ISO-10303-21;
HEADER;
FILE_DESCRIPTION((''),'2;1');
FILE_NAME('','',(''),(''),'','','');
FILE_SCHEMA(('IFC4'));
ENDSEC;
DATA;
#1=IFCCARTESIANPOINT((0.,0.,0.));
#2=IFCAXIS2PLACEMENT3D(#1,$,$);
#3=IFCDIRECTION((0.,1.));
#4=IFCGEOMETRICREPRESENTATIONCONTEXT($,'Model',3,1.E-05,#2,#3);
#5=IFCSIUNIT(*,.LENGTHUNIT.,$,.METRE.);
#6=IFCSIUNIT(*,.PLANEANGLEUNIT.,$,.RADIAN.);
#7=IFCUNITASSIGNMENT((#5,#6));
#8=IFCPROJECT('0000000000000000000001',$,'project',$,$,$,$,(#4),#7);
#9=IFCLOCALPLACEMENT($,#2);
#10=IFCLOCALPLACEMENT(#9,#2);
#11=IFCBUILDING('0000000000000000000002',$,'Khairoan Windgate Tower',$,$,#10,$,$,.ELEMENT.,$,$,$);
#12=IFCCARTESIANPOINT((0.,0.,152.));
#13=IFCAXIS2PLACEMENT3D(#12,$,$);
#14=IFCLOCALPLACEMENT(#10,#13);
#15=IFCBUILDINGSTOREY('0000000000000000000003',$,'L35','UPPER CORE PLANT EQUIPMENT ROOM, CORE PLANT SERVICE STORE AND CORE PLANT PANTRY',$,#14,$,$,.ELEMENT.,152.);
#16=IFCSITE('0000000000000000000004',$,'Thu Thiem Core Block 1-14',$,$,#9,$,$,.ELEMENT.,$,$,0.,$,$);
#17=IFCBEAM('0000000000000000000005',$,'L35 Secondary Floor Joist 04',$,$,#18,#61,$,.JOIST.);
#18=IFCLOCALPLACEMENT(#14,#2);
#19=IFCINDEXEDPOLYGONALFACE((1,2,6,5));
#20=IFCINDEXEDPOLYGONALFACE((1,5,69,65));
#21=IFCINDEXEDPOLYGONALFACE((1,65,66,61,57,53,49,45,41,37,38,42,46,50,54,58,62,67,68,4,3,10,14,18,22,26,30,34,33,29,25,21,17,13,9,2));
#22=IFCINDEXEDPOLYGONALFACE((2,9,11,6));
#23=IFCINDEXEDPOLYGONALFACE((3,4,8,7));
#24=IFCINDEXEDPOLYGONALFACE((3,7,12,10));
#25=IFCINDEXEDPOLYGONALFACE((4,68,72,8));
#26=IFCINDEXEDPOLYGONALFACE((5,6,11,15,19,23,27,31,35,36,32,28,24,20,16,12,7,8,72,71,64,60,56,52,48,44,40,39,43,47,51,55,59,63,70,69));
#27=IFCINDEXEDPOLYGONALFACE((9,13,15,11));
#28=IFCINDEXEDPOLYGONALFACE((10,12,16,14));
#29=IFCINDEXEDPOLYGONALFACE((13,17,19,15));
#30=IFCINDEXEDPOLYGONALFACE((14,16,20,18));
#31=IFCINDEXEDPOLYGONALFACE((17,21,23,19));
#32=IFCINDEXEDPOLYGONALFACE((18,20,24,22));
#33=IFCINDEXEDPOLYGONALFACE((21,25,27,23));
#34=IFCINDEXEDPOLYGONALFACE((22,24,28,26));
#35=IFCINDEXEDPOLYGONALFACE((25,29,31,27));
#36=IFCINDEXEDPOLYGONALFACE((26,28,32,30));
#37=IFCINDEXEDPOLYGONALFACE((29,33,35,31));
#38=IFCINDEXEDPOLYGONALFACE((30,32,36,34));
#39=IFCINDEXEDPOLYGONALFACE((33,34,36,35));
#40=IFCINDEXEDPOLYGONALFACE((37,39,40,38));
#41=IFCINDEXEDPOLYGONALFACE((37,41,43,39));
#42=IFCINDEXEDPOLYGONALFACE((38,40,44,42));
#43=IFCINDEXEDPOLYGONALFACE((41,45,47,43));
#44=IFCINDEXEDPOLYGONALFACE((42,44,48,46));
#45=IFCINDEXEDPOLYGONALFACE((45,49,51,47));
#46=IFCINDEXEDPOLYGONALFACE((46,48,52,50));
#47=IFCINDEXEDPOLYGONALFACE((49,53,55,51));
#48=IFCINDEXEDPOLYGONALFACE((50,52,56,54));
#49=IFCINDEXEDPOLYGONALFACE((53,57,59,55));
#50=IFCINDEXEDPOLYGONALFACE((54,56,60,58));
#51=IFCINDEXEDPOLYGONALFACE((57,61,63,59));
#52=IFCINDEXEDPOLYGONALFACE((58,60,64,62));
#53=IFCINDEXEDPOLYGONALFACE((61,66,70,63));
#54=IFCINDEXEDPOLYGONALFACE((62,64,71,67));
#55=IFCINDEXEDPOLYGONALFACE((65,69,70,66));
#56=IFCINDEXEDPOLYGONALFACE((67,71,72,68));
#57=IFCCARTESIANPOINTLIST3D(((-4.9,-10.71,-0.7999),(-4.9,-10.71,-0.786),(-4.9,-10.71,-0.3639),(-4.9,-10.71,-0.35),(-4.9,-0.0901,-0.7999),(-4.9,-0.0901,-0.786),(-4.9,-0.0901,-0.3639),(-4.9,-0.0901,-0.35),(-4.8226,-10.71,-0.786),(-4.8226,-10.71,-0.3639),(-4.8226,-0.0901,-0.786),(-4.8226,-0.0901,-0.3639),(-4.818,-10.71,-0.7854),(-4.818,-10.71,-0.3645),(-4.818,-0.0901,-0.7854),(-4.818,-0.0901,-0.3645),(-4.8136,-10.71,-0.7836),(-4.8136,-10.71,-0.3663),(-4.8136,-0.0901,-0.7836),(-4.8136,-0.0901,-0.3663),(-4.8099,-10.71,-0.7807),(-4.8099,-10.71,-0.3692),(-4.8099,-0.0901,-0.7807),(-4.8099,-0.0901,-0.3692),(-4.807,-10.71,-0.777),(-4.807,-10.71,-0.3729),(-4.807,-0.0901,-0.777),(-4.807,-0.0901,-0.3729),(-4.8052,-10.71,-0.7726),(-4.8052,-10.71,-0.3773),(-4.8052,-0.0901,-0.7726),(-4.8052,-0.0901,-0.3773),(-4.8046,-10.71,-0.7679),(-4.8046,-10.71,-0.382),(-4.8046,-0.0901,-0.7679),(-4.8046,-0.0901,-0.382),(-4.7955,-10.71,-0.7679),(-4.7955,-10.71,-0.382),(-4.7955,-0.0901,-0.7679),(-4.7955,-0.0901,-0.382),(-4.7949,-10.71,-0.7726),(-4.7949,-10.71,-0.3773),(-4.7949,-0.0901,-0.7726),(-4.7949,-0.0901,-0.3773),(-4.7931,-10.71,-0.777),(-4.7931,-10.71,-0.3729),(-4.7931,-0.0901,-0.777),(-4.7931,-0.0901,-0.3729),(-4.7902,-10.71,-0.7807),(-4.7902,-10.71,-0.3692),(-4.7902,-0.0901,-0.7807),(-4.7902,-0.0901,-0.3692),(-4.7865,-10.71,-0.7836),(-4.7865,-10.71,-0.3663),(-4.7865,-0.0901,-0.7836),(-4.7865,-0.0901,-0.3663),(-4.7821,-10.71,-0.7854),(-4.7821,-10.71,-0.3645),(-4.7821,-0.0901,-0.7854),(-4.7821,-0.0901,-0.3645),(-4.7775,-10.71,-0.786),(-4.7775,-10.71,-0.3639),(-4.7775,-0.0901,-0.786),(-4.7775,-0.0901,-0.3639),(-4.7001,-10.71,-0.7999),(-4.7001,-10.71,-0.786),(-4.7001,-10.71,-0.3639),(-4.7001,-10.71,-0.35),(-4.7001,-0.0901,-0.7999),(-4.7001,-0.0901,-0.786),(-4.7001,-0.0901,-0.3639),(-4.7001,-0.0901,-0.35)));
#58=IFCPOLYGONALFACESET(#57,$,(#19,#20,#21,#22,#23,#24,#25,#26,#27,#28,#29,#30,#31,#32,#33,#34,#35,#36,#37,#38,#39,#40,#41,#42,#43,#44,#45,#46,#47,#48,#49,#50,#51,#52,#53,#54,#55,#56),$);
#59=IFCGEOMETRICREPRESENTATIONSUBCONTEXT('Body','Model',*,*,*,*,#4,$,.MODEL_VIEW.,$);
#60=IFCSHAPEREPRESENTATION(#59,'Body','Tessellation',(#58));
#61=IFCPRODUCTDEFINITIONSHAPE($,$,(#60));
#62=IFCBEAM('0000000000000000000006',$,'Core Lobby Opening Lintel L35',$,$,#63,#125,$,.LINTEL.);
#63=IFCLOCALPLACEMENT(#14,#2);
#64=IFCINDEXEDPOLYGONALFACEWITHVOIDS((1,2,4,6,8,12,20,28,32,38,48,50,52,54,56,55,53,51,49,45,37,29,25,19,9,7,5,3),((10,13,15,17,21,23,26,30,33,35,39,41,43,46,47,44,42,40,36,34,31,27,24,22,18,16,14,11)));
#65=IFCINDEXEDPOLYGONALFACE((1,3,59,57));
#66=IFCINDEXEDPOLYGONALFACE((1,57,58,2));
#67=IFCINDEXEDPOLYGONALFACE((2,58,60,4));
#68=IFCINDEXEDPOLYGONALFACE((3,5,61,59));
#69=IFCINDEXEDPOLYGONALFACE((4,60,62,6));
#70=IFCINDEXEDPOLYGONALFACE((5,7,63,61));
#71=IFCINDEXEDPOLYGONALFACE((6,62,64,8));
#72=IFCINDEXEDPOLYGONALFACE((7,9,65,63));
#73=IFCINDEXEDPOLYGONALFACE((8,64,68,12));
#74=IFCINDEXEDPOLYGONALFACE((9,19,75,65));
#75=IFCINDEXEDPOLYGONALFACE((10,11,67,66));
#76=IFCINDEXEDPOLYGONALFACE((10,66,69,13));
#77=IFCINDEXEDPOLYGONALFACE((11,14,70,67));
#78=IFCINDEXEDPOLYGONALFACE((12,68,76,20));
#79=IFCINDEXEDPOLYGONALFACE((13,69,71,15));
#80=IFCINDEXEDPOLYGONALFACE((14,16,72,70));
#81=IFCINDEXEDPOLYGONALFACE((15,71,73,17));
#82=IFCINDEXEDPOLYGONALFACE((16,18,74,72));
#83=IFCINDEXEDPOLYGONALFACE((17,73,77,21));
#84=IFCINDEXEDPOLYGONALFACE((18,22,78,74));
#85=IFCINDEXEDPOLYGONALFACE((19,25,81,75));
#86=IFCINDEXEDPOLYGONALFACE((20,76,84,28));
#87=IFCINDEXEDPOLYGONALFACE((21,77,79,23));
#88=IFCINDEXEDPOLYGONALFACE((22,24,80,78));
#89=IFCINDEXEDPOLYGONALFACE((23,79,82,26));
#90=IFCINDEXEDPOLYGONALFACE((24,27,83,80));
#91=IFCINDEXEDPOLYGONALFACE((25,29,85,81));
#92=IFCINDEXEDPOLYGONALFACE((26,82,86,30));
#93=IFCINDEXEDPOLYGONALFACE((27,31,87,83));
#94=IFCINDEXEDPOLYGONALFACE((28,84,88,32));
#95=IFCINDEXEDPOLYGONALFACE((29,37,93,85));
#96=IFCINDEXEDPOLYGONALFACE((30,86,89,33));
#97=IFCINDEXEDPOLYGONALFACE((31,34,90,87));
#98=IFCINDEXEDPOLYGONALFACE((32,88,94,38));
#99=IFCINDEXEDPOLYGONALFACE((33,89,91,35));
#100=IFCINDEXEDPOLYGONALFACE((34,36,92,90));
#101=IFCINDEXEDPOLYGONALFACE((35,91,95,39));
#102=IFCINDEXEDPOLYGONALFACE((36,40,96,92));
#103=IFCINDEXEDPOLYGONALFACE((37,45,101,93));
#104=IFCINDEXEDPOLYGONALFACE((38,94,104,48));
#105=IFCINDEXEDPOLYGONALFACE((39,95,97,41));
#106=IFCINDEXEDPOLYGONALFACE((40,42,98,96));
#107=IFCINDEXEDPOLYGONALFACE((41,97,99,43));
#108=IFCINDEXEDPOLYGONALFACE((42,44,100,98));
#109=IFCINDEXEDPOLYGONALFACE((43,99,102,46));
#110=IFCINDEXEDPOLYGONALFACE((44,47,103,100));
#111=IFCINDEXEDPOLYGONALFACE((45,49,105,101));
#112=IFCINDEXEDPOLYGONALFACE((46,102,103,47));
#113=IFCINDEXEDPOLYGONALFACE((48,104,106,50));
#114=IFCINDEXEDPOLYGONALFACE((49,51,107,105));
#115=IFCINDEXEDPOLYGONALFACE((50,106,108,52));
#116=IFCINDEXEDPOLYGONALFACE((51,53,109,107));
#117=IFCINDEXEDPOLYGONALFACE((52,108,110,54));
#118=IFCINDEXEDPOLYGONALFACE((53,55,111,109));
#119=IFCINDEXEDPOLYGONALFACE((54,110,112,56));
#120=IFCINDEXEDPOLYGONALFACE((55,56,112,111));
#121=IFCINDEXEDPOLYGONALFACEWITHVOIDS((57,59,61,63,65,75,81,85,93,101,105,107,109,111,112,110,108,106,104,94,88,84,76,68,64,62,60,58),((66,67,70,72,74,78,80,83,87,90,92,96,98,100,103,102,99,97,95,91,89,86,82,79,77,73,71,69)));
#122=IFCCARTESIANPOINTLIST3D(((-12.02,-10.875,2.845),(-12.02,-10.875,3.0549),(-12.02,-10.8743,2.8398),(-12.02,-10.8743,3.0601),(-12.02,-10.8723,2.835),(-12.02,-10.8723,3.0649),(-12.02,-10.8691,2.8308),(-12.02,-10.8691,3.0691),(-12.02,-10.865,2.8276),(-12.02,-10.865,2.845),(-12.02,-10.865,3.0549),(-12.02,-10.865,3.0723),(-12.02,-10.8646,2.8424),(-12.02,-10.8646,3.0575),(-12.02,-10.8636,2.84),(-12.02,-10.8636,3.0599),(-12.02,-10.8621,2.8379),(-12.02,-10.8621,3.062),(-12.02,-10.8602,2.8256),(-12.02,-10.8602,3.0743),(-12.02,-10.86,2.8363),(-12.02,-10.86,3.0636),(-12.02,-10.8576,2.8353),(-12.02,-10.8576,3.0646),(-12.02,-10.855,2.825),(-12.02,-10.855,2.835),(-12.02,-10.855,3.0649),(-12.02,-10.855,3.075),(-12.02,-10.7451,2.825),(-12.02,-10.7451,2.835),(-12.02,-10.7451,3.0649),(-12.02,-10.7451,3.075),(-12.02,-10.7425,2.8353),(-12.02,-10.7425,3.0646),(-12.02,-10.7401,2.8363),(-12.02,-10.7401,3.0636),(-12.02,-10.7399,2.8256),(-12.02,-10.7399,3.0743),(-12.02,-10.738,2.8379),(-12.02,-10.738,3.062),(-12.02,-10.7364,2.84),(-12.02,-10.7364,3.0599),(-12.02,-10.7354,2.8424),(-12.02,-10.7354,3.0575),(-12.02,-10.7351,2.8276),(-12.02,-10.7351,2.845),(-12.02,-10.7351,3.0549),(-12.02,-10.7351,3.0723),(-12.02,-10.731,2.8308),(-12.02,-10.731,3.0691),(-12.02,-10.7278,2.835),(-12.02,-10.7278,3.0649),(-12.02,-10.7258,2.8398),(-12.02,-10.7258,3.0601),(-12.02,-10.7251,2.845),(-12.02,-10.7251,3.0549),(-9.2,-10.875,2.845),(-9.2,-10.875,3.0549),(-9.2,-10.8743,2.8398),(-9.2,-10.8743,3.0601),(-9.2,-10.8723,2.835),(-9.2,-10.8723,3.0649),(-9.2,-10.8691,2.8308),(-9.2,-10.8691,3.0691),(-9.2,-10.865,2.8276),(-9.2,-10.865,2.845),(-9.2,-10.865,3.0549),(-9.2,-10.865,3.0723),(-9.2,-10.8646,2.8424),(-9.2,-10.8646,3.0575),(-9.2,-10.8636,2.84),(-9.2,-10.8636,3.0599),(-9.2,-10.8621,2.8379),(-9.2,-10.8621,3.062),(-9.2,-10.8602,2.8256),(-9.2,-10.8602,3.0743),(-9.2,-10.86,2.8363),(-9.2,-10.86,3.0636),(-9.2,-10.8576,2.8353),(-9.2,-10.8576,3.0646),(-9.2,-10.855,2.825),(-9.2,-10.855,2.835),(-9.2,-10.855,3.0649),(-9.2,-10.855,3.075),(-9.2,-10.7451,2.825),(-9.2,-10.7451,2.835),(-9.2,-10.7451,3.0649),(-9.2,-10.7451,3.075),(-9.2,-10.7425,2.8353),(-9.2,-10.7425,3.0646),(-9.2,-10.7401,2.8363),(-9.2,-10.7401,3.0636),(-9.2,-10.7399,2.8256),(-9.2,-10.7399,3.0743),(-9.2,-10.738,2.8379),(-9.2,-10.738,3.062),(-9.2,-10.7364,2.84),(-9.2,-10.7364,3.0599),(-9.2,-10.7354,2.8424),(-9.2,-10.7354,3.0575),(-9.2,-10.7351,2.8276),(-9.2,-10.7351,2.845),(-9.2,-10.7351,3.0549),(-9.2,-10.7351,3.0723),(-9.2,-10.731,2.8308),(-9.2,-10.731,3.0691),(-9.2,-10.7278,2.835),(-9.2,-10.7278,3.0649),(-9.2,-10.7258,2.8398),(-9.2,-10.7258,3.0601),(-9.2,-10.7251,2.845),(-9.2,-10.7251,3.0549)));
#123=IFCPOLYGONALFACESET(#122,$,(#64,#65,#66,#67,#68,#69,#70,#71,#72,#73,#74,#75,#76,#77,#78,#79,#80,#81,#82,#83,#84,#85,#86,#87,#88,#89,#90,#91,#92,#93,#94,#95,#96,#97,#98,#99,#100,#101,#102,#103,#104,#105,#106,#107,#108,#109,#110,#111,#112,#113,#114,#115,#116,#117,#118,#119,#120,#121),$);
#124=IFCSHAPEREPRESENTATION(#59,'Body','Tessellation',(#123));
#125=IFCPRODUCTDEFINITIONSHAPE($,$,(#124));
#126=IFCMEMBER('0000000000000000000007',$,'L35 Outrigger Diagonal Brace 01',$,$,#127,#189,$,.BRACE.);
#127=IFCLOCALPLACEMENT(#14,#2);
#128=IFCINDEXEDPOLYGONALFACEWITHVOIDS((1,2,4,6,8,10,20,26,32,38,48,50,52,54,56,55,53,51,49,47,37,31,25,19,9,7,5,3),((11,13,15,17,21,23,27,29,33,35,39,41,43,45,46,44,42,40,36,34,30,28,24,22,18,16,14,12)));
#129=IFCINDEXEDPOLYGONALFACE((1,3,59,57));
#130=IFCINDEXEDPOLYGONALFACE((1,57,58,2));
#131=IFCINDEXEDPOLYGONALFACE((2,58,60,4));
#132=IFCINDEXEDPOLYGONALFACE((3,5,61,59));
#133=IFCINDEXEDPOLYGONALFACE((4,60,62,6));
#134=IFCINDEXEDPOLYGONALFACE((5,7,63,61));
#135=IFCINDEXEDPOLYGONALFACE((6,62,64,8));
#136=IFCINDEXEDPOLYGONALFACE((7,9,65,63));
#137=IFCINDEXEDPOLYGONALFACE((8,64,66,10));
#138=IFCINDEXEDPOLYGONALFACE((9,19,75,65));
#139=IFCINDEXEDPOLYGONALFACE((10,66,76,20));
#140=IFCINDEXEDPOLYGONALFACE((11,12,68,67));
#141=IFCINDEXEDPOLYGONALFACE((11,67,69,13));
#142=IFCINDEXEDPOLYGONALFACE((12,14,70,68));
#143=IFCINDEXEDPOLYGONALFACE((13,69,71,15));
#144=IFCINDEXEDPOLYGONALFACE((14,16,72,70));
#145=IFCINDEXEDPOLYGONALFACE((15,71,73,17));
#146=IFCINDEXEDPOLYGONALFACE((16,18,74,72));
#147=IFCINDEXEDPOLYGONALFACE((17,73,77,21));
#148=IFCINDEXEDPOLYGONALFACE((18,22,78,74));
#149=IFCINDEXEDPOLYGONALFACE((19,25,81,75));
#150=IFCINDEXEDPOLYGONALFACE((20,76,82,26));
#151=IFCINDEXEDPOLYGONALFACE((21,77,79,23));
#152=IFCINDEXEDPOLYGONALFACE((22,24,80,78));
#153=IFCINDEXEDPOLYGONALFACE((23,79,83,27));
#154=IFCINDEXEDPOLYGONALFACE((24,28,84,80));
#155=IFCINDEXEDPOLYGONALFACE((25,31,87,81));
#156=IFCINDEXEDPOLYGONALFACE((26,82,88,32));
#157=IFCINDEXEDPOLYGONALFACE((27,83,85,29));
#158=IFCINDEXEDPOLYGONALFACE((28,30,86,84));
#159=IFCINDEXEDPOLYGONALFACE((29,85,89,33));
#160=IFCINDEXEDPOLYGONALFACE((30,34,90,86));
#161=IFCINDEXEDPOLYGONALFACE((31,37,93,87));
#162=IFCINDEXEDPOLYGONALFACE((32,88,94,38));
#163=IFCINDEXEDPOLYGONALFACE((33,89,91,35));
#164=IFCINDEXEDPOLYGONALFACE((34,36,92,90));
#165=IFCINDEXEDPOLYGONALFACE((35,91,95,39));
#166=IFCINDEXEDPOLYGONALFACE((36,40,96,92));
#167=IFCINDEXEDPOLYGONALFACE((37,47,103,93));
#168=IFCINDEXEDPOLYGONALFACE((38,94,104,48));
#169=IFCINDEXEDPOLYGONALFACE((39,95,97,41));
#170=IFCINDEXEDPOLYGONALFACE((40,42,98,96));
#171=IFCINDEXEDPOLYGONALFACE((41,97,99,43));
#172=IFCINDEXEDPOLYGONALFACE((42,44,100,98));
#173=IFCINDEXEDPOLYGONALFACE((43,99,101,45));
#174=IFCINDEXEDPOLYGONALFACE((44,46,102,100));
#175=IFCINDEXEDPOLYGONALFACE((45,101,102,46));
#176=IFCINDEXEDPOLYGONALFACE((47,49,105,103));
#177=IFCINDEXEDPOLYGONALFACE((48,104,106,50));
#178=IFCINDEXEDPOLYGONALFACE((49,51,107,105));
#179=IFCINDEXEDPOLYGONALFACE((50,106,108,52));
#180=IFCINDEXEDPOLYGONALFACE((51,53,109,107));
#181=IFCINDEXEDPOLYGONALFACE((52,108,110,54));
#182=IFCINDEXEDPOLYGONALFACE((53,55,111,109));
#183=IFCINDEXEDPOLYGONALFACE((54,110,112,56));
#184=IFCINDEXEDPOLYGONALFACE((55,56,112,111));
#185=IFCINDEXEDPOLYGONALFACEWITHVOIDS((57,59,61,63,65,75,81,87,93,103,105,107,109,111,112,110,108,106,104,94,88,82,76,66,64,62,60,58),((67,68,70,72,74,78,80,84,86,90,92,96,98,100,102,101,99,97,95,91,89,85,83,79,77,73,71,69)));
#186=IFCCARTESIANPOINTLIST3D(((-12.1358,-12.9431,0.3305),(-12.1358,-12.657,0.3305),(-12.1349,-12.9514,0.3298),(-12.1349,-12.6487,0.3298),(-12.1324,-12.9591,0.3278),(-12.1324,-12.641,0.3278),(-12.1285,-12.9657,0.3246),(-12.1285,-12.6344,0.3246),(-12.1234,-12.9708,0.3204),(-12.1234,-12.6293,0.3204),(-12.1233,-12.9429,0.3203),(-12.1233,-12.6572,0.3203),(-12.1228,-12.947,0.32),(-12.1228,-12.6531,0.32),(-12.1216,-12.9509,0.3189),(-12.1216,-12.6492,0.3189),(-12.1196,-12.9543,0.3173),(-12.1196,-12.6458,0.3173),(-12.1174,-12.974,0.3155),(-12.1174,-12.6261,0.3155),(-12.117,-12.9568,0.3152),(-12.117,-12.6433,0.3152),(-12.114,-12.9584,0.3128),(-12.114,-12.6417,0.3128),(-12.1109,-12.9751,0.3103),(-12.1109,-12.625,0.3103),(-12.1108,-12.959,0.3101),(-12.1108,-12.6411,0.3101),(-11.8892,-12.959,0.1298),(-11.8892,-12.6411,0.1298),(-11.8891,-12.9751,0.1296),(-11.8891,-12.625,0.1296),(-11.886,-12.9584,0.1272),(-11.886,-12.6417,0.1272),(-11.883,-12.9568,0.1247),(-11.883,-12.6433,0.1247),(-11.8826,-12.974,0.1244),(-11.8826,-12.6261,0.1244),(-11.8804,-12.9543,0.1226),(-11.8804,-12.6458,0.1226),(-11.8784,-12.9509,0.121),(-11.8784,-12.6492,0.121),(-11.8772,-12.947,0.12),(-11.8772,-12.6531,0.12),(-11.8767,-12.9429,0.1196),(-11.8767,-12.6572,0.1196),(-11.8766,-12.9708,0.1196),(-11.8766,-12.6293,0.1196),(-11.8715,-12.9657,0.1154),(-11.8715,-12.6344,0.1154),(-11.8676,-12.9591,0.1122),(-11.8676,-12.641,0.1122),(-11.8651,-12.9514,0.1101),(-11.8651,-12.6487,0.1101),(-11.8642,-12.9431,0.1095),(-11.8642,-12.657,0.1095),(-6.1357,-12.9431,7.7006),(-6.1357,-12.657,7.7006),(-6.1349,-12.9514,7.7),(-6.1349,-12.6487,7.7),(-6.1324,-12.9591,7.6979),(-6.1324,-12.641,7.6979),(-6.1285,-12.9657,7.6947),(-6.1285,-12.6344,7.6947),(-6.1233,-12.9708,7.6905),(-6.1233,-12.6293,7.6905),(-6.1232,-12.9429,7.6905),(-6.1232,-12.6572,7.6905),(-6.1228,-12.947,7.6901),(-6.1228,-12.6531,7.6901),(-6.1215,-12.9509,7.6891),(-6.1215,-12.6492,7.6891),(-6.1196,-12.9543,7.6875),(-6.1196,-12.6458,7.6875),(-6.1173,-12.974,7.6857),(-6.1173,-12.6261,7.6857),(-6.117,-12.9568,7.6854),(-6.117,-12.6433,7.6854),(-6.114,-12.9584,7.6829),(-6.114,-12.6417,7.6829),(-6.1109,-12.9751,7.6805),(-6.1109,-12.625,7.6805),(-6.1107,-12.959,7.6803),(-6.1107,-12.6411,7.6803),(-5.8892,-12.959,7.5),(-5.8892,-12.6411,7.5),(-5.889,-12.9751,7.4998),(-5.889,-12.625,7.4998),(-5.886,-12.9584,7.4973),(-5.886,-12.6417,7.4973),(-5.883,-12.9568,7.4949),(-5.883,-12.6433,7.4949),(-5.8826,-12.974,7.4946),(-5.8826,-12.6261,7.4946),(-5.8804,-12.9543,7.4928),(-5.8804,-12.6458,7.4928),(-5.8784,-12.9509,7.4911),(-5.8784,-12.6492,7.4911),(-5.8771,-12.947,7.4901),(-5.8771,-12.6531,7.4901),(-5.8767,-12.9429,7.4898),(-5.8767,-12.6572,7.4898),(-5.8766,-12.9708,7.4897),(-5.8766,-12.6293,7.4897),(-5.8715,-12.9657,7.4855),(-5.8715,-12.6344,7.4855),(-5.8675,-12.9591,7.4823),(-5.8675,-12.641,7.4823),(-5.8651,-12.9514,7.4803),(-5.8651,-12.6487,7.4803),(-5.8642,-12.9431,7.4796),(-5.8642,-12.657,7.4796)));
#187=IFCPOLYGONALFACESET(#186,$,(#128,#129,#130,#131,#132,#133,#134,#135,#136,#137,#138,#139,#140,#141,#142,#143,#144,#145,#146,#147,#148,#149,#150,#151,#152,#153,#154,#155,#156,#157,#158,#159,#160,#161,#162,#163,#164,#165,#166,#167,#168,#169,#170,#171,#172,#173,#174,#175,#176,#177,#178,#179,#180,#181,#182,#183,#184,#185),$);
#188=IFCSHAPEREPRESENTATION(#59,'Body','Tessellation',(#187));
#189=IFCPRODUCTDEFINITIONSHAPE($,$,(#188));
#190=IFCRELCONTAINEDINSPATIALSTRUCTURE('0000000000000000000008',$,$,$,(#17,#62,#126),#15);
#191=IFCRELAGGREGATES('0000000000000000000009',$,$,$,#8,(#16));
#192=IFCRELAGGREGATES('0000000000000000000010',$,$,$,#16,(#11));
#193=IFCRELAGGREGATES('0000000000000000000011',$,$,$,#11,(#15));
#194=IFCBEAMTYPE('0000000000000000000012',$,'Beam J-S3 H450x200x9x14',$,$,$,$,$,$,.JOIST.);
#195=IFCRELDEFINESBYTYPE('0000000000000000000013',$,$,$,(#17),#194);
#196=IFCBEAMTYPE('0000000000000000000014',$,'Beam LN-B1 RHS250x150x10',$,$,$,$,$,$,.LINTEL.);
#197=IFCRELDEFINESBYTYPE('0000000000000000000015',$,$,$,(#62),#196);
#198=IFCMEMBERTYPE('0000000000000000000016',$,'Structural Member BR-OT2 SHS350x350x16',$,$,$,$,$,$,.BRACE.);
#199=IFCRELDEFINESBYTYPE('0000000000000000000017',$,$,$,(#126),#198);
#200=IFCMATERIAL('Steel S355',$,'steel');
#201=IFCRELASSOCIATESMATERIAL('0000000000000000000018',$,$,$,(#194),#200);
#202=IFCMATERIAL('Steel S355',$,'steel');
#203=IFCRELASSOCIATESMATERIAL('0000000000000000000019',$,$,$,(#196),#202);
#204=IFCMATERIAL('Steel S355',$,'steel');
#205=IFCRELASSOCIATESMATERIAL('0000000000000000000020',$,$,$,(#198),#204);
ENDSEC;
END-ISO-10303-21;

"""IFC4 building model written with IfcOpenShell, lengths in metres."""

from ifc_helpers import new_model, si_unit, direction, frame, origin, origin_2d, place, context, subcontext, project, spatial, hollow_rectangle, i_section, extrude, material, material_profile, profile_set, type_object, element, save


model = new_model("IFC4")

# Units and contexts
model_context = context("Model", 3, precision=1e-05, world=origin(), true_north=direction((0.0, 1.0)))
body_context = subcontext(model_context, "Body", "Model", "MODEL_VIEW")
ifc_project = project(units=[si_unit("LENGTHUNIT", "METRE"), si_unit("PLANEANGLEUNIT", "RADIAN")], contexts=[model_context])

# Site, building, storey
site_placement = place(None, origin())
site = spatial("IfcSite", under=ifc_project, at=site_placement, Name="Thu Thiem Core Block 1-14", CompositionType="ELEMENT", RefElevation=0.0)
building_placement = place(site_placement, origin())
building = spatial("IfcBuilding", under=site, at=building_placement, Name="Khairoan Windgate Tower", CompositionType="ELEMENT")
storey_placement = place(building_placement, frame((0.0, 0.0, 152.0)))
storey = spatial("IfcBuildingStorey", under=building, at=storey_placement, Name="L35", Description="UPPER CORE PLANT EQUIPMENT ROOM, CORE PLANT SERVICE STORE AND CORE PLANT PANTRY", CompositionType="ELEMENT", Elevation=152.0)

# Beams
ifc_material_1 = material(Name="Steel S355", Category="steel")
ifc_material_profile_1 = material_profile(ifc_material_1, i_section(OverallWidth=0.2, OverallDepth=0.45, WebThickness=0.009, FlangeThickness=0.0139, FilletRadius=0.0181, at=origin_2d()))
ifc_profile_set_1 = profile_set([ifc_material_profile_1], Name="Steel S355")
beam_type_1 = type_object("IfcBeamType", Name="Beam J-S3 H450x200x9x14", PredefinedType="JOIST", material=ifc_profile_set_1)
beam_1_placement = place(storey_placement, frame((-4.8, -10.71, -0.575), z_axis=(0.0, 1.0, 0.0), x_axis=(-1.0, 0.0, 0.0)))
element("IfcBeam", 1, at=beam_1_placement, inside=storey, type_object=beam_type_1, Name="L35 Secondary Floor Joist 04", PredefinedType="JOIST", context=body_context, shape_type="SweptSolid", body=[
    extrude(i_section(OverallWidth=0.2, OverallDepth=0.45, WebThickness=0.009, FlangeThickness=0.0139, FilletRadius=0.0181, at=origin_2d()), origin(), (0.0, 0.0, 1.0), 10.6199),
])
ifc_material_2 = material(Name="Steel S355", Category="steel")
ifc_material_profile_2 = material_profile(ifc_material_2, hollow_rectangle(XDim=0.1499, YDim=0.25, WallThickness=0.01, InnerFilletRadius=0.01, OuterFilletRadius=0.02, at=origin_2d()))
ifc_profile_set_2 = profile_set([ifc_material_profile_2], Name="Steel S355")
beam_type_2 = type_object("IfcBeamType", Name="Beam LN-B1 RHS250x150x10", PredefinedType="LINTEL", material=ifc_profile_set_2)
beam_2_placement = place(storey_placement, frame((-12.02, -10.8, 2.95), z_axis=(1.0, 0.0, 0.0), x_axis=(0.0, 1.0, 0.0)))
element("IfcBeam", 2, at=beam_2_placement, inside=storey, type_object=beam_type_2, Name="Core Lobby Opening Lintel L35", PredefinedType="LINTEL", context=body_context, shape_type="SweptSolid", body=[
    extrude(hollow_rectangle(XDim=0.1499, YDim=0.25, WallThickness=0.01, InnerFilletRadius=0.01, OuterFilletRadius=0.02, at=origin_2d()), origin(), (0.0, 0.0, 1.0), 2.8201),
])

# Member
ifc_material_3 = material(Name="Steel S355", Category="steel")
ifc_material_profile_3 = material_profile(ifc_material_3, hollow_rectangle(XDim=0.3501, YDim=0.3501, WallThickness=0.0161, InnerFilletRadius=0.0161, OuterFilletRadius=0.032, at=origin_2d()))
ifc_profile_set_3 = profile_set([ifc_material_profile_3], Name="Steel S355")
member_type_1 = type_object("IfcMemberType", Name="Structural Member BR-OT2 SHS350x350x16", PredefinedType="BRACE", material=ifc_profile_set_3)
for number, where, z_axis, x_axis, name in (
    (3, (-12.0, -12.8, 0.22), (0.631339, 0.0, 0.775507), (0.0, 1.0, 0.0), "L35 Outrigger Diagonal Brace 01"),
):
    element("IfcMember", number, at=place(storey_placement, frame(where, z_axis=z_axis, x_axis=x_axis)), inside=storey, type_object=member_type_1, Name=name, PredefinedType="BRACE", context=body_context, shape_type="SweptSolid", body=[
        extrude(hollow_rectangle(XDim=0.3501, YDim=0.3501, WallThickness=0.0161, InnerFilletRadius=0.0161, OuterFilletRadius=0.032, at=origin_2d()), origin(), (0.0, 0.0, 1.0), 9.5037),
    ])

save(model, "model.ifc")
